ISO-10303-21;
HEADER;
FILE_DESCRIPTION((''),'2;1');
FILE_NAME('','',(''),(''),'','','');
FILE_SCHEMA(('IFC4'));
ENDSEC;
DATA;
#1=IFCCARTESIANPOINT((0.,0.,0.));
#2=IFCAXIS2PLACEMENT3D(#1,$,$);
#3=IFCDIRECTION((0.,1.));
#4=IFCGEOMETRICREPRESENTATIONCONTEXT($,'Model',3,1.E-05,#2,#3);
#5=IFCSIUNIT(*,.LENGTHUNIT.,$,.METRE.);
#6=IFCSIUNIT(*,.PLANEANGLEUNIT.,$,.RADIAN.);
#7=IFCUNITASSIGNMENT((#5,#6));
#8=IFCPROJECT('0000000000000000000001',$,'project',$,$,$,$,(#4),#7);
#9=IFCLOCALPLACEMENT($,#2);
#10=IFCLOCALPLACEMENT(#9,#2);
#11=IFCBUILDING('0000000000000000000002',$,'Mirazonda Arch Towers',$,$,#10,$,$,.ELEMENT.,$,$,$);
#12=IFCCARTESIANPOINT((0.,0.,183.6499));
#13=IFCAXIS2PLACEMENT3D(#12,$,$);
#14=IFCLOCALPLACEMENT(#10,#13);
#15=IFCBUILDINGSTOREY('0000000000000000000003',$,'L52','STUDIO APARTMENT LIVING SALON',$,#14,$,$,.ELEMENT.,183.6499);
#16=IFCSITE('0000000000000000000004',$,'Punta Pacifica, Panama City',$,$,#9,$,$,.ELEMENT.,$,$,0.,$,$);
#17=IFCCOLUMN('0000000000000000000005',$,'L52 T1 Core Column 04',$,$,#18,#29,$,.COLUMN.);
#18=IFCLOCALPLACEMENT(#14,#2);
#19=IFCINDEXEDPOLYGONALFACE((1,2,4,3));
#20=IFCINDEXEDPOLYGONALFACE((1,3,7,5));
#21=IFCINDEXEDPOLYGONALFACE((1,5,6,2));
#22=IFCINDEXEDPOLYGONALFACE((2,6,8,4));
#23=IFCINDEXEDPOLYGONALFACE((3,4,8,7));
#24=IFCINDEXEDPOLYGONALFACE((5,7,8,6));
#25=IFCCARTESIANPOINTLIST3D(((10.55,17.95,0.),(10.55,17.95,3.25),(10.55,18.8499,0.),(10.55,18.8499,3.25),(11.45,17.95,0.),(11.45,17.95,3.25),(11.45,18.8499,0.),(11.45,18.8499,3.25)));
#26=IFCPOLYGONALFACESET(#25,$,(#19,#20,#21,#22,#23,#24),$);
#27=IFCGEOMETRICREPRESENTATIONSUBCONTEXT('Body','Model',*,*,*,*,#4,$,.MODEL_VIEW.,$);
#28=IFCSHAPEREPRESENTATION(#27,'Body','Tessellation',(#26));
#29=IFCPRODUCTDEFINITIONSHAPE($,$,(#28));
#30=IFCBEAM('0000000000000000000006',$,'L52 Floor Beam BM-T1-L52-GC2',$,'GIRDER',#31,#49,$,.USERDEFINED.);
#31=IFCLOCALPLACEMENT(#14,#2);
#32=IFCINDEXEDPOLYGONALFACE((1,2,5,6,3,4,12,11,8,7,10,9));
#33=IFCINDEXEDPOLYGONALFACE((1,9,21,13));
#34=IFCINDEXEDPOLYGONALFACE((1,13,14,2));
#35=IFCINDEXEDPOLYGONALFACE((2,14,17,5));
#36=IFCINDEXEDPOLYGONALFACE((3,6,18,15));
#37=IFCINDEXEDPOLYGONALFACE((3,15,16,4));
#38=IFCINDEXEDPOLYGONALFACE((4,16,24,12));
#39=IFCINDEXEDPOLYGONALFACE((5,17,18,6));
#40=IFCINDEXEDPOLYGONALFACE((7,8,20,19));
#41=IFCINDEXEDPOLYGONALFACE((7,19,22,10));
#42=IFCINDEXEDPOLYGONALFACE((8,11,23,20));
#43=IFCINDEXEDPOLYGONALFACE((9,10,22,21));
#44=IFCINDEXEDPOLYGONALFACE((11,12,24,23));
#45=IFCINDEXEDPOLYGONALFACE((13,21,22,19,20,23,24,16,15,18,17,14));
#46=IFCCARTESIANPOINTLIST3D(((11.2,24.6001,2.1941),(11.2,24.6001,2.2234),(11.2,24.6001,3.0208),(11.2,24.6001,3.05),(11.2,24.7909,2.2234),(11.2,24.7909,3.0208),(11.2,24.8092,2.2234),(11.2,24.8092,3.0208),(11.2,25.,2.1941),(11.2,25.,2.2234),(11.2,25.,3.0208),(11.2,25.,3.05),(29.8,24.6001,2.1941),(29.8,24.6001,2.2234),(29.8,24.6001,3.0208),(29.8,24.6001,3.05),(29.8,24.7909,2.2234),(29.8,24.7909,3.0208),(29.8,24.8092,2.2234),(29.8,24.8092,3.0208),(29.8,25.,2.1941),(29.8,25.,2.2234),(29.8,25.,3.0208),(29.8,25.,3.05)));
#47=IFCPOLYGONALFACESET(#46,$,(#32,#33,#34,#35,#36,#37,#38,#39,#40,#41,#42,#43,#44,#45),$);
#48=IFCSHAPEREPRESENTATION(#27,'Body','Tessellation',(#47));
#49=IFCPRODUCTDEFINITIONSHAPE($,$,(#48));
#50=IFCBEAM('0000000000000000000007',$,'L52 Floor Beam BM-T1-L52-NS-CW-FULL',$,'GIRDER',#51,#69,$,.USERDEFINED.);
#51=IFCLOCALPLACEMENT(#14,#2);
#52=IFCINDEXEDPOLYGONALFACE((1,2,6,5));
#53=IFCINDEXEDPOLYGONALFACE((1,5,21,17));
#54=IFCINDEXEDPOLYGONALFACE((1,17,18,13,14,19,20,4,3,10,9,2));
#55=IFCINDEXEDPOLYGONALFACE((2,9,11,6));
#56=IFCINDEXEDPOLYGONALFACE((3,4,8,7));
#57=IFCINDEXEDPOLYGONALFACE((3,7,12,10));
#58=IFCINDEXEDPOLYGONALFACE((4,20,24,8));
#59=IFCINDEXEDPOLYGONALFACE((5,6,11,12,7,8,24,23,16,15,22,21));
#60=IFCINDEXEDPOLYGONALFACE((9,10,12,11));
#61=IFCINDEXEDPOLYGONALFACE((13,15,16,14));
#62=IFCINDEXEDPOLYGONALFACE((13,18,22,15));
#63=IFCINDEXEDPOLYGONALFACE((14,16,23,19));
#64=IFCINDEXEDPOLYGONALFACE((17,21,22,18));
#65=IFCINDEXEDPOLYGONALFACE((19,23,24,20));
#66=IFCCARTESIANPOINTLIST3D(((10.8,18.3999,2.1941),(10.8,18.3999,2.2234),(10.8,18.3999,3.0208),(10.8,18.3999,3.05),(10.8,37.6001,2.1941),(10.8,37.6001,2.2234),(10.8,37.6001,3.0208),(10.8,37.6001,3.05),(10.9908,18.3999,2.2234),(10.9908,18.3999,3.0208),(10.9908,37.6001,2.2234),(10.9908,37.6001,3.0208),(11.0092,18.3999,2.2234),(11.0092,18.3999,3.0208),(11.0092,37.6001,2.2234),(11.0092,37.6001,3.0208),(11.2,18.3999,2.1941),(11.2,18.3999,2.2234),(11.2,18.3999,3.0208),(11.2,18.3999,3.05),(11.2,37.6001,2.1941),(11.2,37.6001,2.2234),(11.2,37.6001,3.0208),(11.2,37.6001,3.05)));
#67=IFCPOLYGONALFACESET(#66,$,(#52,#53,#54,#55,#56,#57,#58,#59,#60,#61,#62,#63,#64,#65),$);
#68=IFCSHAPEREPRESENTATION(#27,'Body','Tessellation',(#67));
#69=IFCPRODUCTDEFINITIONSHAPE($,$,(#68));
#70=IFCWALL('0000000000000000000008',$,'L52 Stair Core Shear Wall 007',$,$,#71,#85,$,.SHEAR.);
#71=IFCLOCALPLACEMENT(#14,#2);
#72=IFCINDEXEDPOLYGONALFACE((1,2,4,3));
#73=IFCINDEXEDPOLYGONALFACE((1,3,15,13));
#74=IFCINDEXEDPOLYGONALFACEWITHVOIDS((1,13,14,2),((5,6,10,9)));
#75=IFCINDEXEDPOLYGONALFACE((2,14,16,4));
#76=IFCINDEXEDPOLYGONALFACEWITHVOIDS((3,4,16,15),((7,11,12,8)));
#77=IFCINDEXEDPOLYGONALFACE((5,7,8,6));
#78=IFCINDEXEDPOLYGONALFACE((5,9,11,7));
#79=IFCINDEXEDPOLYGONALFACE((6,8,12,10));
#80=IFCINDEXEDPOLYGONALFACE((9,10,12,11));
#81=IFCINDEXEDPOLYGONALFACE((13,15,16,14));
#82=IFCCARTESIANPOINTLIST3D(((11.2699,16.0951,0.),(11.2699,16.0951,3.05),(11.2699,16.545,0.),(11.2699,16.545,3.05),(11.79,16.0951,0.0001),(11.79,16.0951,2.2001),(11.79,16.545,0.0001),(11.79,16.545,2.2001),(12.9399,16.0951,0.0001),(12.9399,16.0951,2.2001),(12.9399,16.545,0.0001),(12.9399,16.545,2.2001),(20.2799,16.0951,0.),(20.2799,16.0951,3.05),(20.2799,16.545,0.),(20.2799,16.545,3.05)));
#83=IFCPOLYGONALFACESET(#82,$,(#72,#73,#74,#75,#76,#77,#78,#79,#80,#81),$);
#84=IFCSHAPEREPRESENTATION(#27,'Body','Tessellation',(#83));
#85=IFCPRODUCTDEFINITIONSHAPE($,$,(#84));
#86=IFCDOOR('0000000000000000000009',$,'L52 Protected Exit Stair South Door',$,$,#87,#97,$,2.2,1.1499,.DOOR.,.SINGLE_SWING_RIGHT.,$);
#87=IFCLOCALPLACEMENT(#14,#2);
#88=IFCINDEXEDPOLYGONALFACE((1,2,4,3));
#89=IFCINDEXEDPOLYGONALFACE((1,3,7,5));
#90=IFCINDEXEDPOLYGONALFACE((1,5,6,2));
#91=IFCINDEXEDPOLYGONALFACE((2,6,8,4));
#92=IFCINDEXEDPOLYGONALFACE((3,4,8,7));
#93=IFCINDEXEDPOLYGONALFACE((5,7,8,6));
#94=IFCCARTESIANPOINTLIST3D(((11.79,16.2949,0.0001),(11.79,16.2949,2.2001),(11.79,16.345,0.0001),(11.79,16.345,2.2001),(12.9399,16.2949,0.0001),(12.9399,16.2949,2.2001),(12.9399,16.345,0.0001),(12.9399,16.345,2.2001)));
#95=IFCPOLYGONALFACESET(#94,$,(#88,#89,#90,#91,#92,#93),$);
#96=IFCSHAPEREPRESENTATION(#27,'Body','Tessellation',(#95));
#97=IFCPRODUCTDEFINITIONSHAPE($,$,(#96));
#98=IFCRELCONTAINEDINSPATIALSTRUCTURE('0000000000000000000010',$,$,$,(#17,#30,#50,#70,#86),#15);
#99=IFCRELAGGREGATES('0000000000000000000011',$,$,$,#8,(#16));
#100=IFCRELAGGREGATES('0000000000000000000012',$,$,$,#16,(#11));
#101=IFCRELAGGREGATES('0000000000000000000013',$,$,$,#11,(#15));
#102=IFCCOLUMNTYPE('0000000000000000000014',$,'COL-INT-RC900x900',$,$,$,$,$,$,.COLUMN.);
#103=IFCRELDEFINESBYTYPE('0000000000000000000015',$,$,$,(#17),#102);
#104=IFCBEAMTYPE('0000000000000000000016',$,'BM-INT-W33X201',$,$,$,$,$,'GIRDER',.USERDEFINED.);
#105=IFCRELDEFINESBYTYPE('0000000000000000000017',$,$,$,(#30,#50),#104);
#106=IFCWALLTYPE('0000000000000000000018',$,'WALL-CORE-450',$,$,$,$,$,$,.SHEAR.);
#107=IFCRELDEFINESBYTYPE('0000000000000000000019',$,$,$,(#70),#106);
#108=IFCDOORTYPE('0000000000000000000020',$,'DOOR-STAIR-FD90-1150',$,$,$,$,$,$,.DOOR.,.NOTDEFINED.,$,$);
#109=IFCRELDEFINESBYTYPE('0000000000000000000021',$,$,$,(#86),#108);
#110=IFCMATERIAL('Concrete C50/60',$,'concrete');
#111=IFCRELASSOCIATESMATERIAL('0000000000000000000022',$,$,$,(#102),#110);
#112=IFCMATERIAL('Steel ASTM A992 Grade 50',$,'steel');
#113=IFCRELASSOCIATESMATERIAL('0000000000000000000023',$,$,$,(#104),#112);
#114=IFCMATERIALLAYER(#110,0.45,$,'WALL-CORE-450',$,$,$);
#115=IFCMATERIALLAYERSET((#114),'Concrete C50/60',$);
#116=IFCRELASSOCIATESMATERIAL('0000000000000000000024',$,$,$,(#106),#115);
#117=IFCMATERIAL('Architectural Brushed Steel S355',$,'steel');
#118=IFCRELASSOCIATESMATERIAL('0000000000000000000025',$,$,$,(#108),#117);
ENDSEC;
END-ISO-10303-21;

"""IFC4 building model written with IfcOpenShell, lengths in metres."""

from ifc_helpers import new_model, si_unit, direction, frame, frame_2d, origin, origin_2d, place, context, subcontext, project, spatial, rectangle, i_section, extrude, material, layer, layer_set, material_profile, profile_set, type_object, element, fill, save


model = new_model("IFC4")

# Units and contexts
model_context = context("Model", 3, precision=1e-05, world=origin(), true_north=direction((0.0, 1.0)))
body_context = subcontext(model_context, "Body", "Model", "MODEL_VIEW")
ifc_project = project(units=[si_unit("LENGTHUNIT", "METRE"), si_unit("PLANEANGLEUNIT", "RADIAN")], contexts=[model_context])

# Site, building, storey
site_placement = place(None, origin())
site = spatial("IfcSite", under=ifc_project, at=site_placement, Name="Punta Pacifica, Panama City", CompositionType="ELEMENT", RefElevation=0.0)
building_placement = place(site_placement, origin())
building = spatial("IfcBuilding", under=site, at=building_placement, Name="Mirazonda Arch Towers", CompositionType="ELEMENT")
storey_placement = place(building_placement, frame((0.0, 0.0, 183.6499)))
storey = spatial("IfcBuildingStorey", under=building, at=storey_placement, Name="L52", Description="STUDIO APARTMENT LIVING SALON", CompositionType="ELEMENT", Elevation=183.6499)

# Column
ifc_material_1 = material(Name="Concrete C50/60", Category="concrete")
ifc_material_profile_1 = material_profile(ifc_material_1, rectangle(XDim=0.8999, YDim=0.8999, at=origin_2d()), Name="RC900x900")
ifc_profile_set_1 = profile_set([ifc_material_profile_1], Name="Concrete C50/60")
column_type = type_object("IfcColumnType", Name="COL-INT-RC900x900", PredefinedType="COLUMN", material=ifc_profile_set_1)
column_placement = place(storey_placement, frame((11.0, 18.3999, 0.0), z_axis=(0.0, 0.0, 1.0), x_axis=(1.0, 0.0, 0.0)))
element("IfcColumn", 1, at=column_placement, inside=storey, type_object=column_type, Name="L52 T1 Core Column 04", PredefinedType="COLUMN", context=body_context, shape_type="SweptSolid", body=[
    extrude(rectangle(XDim=0.8999, YDim=0.8999, at=origin_2d()), origin(), (0.0, 0.0, 1.0), 3.25),
])

# Beams
ifc_material_2 = material(Name="Steel ASTM A992 Grade 50", Category="steel")
ifc_material_profile_2 = material_profile(ifc_material_2, i_section(OverallWidth=0.3999, OverallDepth=0.856, WebThickness=0.0183, FlangeThickness=0.0293, at=origin_2d()), Name="W33X201")
ifc_profile_set_2 = profile_set([ifc_material_profile_2], Name="Steel ASTM A992 Grade 50")
beam_type = type_object("IfcBeamType", Name="BM-INT-W33X201", ElementType="GIRDER", PredefinedType="USERDEFINED", material=ifc_profile_set_2)
beam_1_placement = place(storey_placement, frame((11.2, 24.8, 2.6221), z_axis=(1.0, 0.0, 0.0), x_axis=(0.0, 1.0, 0.0)))
element("IfcBeam", 2, at=beam_1_placement, inside=storey, type_object=beam_type, Name="L52 Floor Beam BM-T1-L52-GC2", ObjectType="GIRDER", PredefinedType="USERDEFINED", context=body_context, shape_type="SweptSolid", body=[
    extrude(i_section(OverallWidth=0.3999, OverallDepth=0.856, WebThickness=0.0183, FlangeThickness=0.0293, at=origin_2d()), origin(), (0.0, 0.0, 1.0), 18.6001),
])
beam_2_placement = place(storey_placement, frame((11.0, 18.3999, 2.6221), z_axis=(0.0, 1.0, 0.0), x_axis=(-1.0, 0.0, 0.0)))
element("IfcBeam", 3, at=beam_2_placement, inside=storey, type_object=beam_type, Name="L52 Floor Beam BM-T1-L52-NS-CW-FULL", ObjectType="GIRDER", PredefinedType="USERDEFINED", context=body_context, shape_type="SweptSolid", body=[
    extrude(i_section(OverallWidth=0.3999, OverallDepth=0.856, WebThickness=0.0183, FlangeThickness=0.0293, at=origin_2d()), origin(), (0.0, 0.0, 1.0), 19.2002),
])

# Wall, opening, door
ifc_layer_1 = layer(ifc_material_1, 0.45, Name="WALL-CORE-450")
ifc_layer_set_1 = layer_set([ifc_layer_1], Name="Concrete C50/60")
wall_type_1 = type_object("IfcWallType", Name="WALL-CORE-450", PredefinedType="SHEAR", material=ifc_layer_set_1)
wall_1_placement = place(storey_placement, frame((11.27, 16.3201, 0.0), z_axis=(0.0, 0.0, 1.0), x_axis=(1.0, 0.0, 0.0)))
wall_1 = element("IfcWall", 4, at=wall_1_placement, inside=storey, type_object=wall_type_1, Name="L52 Stair Core Shear Wall 007", PredefinedType="SHEAR", context=body_context, shape_type="SweptSolid", body=[
    extrude(rectangle(XDim=9.01, YDim=0.45, at=frame_2d((4.5049, 0.0))), origin(), (0.0, 0.0, 1.0), 3.05),
])
opening_1_placement = place(wall_1_placement, frame((0.52, 0.0, 0.0)))
opening_1 = element("IfcOpeningElement", 5, at=opening_1_placement, cuts=wall_1, PredefinedType="OPENING", context=body_context, shape_type="SweptSolid", body=[
    extrude(rectangle(XDim=1.1499, YDim=2.2, at=frame_2d((0.575, 1.1001))), frame((0.0, 0.2349, 0.0), z_axis=(0.0, -1.0, 0.0), x_axis=(1.0, 0.0, 0.0)), (0.0, 0.0, 1.0), 0.47),
])
ifc_material_3 = material(Name="Architectural Brushed Steel S355", Category="steel")
door_type_1 = type_object("IfcDoorType", Name="DOOR-STAIR-FD90-1150", OperationType="NOTDEFINED", PredefinedType="DOOR", material=ifc_material_3)
door_1_placement = place(opening_1_placement, origin())
door_1 = element("IfcDoor", 6, at=door_1_placement, inside=storey, type_object=door_type_1, Name="L52 Protected Exit Stair South Door", OperationType="SINGLE_SWING_RIGHT", OverallHeight=2.2, OverallWidth=1.1499, PredefinedType="DOOR", context=body_context, shape_type="SweptSolid", body=[
    extrude(rectangle(XDim=1.1499, YDim=2.2, at=frame_2d((0.575, 1.1001))), frame((0.0, 0.0249, 0.0), z_axis=(0.0, -1.0, 0.0), x_axis=(1.0, 0.0, 0.0)), (0.0, 0.0, 1.0), 0.05),
])
fill(opening_1, door_1)

save(model, "model.ifc")
